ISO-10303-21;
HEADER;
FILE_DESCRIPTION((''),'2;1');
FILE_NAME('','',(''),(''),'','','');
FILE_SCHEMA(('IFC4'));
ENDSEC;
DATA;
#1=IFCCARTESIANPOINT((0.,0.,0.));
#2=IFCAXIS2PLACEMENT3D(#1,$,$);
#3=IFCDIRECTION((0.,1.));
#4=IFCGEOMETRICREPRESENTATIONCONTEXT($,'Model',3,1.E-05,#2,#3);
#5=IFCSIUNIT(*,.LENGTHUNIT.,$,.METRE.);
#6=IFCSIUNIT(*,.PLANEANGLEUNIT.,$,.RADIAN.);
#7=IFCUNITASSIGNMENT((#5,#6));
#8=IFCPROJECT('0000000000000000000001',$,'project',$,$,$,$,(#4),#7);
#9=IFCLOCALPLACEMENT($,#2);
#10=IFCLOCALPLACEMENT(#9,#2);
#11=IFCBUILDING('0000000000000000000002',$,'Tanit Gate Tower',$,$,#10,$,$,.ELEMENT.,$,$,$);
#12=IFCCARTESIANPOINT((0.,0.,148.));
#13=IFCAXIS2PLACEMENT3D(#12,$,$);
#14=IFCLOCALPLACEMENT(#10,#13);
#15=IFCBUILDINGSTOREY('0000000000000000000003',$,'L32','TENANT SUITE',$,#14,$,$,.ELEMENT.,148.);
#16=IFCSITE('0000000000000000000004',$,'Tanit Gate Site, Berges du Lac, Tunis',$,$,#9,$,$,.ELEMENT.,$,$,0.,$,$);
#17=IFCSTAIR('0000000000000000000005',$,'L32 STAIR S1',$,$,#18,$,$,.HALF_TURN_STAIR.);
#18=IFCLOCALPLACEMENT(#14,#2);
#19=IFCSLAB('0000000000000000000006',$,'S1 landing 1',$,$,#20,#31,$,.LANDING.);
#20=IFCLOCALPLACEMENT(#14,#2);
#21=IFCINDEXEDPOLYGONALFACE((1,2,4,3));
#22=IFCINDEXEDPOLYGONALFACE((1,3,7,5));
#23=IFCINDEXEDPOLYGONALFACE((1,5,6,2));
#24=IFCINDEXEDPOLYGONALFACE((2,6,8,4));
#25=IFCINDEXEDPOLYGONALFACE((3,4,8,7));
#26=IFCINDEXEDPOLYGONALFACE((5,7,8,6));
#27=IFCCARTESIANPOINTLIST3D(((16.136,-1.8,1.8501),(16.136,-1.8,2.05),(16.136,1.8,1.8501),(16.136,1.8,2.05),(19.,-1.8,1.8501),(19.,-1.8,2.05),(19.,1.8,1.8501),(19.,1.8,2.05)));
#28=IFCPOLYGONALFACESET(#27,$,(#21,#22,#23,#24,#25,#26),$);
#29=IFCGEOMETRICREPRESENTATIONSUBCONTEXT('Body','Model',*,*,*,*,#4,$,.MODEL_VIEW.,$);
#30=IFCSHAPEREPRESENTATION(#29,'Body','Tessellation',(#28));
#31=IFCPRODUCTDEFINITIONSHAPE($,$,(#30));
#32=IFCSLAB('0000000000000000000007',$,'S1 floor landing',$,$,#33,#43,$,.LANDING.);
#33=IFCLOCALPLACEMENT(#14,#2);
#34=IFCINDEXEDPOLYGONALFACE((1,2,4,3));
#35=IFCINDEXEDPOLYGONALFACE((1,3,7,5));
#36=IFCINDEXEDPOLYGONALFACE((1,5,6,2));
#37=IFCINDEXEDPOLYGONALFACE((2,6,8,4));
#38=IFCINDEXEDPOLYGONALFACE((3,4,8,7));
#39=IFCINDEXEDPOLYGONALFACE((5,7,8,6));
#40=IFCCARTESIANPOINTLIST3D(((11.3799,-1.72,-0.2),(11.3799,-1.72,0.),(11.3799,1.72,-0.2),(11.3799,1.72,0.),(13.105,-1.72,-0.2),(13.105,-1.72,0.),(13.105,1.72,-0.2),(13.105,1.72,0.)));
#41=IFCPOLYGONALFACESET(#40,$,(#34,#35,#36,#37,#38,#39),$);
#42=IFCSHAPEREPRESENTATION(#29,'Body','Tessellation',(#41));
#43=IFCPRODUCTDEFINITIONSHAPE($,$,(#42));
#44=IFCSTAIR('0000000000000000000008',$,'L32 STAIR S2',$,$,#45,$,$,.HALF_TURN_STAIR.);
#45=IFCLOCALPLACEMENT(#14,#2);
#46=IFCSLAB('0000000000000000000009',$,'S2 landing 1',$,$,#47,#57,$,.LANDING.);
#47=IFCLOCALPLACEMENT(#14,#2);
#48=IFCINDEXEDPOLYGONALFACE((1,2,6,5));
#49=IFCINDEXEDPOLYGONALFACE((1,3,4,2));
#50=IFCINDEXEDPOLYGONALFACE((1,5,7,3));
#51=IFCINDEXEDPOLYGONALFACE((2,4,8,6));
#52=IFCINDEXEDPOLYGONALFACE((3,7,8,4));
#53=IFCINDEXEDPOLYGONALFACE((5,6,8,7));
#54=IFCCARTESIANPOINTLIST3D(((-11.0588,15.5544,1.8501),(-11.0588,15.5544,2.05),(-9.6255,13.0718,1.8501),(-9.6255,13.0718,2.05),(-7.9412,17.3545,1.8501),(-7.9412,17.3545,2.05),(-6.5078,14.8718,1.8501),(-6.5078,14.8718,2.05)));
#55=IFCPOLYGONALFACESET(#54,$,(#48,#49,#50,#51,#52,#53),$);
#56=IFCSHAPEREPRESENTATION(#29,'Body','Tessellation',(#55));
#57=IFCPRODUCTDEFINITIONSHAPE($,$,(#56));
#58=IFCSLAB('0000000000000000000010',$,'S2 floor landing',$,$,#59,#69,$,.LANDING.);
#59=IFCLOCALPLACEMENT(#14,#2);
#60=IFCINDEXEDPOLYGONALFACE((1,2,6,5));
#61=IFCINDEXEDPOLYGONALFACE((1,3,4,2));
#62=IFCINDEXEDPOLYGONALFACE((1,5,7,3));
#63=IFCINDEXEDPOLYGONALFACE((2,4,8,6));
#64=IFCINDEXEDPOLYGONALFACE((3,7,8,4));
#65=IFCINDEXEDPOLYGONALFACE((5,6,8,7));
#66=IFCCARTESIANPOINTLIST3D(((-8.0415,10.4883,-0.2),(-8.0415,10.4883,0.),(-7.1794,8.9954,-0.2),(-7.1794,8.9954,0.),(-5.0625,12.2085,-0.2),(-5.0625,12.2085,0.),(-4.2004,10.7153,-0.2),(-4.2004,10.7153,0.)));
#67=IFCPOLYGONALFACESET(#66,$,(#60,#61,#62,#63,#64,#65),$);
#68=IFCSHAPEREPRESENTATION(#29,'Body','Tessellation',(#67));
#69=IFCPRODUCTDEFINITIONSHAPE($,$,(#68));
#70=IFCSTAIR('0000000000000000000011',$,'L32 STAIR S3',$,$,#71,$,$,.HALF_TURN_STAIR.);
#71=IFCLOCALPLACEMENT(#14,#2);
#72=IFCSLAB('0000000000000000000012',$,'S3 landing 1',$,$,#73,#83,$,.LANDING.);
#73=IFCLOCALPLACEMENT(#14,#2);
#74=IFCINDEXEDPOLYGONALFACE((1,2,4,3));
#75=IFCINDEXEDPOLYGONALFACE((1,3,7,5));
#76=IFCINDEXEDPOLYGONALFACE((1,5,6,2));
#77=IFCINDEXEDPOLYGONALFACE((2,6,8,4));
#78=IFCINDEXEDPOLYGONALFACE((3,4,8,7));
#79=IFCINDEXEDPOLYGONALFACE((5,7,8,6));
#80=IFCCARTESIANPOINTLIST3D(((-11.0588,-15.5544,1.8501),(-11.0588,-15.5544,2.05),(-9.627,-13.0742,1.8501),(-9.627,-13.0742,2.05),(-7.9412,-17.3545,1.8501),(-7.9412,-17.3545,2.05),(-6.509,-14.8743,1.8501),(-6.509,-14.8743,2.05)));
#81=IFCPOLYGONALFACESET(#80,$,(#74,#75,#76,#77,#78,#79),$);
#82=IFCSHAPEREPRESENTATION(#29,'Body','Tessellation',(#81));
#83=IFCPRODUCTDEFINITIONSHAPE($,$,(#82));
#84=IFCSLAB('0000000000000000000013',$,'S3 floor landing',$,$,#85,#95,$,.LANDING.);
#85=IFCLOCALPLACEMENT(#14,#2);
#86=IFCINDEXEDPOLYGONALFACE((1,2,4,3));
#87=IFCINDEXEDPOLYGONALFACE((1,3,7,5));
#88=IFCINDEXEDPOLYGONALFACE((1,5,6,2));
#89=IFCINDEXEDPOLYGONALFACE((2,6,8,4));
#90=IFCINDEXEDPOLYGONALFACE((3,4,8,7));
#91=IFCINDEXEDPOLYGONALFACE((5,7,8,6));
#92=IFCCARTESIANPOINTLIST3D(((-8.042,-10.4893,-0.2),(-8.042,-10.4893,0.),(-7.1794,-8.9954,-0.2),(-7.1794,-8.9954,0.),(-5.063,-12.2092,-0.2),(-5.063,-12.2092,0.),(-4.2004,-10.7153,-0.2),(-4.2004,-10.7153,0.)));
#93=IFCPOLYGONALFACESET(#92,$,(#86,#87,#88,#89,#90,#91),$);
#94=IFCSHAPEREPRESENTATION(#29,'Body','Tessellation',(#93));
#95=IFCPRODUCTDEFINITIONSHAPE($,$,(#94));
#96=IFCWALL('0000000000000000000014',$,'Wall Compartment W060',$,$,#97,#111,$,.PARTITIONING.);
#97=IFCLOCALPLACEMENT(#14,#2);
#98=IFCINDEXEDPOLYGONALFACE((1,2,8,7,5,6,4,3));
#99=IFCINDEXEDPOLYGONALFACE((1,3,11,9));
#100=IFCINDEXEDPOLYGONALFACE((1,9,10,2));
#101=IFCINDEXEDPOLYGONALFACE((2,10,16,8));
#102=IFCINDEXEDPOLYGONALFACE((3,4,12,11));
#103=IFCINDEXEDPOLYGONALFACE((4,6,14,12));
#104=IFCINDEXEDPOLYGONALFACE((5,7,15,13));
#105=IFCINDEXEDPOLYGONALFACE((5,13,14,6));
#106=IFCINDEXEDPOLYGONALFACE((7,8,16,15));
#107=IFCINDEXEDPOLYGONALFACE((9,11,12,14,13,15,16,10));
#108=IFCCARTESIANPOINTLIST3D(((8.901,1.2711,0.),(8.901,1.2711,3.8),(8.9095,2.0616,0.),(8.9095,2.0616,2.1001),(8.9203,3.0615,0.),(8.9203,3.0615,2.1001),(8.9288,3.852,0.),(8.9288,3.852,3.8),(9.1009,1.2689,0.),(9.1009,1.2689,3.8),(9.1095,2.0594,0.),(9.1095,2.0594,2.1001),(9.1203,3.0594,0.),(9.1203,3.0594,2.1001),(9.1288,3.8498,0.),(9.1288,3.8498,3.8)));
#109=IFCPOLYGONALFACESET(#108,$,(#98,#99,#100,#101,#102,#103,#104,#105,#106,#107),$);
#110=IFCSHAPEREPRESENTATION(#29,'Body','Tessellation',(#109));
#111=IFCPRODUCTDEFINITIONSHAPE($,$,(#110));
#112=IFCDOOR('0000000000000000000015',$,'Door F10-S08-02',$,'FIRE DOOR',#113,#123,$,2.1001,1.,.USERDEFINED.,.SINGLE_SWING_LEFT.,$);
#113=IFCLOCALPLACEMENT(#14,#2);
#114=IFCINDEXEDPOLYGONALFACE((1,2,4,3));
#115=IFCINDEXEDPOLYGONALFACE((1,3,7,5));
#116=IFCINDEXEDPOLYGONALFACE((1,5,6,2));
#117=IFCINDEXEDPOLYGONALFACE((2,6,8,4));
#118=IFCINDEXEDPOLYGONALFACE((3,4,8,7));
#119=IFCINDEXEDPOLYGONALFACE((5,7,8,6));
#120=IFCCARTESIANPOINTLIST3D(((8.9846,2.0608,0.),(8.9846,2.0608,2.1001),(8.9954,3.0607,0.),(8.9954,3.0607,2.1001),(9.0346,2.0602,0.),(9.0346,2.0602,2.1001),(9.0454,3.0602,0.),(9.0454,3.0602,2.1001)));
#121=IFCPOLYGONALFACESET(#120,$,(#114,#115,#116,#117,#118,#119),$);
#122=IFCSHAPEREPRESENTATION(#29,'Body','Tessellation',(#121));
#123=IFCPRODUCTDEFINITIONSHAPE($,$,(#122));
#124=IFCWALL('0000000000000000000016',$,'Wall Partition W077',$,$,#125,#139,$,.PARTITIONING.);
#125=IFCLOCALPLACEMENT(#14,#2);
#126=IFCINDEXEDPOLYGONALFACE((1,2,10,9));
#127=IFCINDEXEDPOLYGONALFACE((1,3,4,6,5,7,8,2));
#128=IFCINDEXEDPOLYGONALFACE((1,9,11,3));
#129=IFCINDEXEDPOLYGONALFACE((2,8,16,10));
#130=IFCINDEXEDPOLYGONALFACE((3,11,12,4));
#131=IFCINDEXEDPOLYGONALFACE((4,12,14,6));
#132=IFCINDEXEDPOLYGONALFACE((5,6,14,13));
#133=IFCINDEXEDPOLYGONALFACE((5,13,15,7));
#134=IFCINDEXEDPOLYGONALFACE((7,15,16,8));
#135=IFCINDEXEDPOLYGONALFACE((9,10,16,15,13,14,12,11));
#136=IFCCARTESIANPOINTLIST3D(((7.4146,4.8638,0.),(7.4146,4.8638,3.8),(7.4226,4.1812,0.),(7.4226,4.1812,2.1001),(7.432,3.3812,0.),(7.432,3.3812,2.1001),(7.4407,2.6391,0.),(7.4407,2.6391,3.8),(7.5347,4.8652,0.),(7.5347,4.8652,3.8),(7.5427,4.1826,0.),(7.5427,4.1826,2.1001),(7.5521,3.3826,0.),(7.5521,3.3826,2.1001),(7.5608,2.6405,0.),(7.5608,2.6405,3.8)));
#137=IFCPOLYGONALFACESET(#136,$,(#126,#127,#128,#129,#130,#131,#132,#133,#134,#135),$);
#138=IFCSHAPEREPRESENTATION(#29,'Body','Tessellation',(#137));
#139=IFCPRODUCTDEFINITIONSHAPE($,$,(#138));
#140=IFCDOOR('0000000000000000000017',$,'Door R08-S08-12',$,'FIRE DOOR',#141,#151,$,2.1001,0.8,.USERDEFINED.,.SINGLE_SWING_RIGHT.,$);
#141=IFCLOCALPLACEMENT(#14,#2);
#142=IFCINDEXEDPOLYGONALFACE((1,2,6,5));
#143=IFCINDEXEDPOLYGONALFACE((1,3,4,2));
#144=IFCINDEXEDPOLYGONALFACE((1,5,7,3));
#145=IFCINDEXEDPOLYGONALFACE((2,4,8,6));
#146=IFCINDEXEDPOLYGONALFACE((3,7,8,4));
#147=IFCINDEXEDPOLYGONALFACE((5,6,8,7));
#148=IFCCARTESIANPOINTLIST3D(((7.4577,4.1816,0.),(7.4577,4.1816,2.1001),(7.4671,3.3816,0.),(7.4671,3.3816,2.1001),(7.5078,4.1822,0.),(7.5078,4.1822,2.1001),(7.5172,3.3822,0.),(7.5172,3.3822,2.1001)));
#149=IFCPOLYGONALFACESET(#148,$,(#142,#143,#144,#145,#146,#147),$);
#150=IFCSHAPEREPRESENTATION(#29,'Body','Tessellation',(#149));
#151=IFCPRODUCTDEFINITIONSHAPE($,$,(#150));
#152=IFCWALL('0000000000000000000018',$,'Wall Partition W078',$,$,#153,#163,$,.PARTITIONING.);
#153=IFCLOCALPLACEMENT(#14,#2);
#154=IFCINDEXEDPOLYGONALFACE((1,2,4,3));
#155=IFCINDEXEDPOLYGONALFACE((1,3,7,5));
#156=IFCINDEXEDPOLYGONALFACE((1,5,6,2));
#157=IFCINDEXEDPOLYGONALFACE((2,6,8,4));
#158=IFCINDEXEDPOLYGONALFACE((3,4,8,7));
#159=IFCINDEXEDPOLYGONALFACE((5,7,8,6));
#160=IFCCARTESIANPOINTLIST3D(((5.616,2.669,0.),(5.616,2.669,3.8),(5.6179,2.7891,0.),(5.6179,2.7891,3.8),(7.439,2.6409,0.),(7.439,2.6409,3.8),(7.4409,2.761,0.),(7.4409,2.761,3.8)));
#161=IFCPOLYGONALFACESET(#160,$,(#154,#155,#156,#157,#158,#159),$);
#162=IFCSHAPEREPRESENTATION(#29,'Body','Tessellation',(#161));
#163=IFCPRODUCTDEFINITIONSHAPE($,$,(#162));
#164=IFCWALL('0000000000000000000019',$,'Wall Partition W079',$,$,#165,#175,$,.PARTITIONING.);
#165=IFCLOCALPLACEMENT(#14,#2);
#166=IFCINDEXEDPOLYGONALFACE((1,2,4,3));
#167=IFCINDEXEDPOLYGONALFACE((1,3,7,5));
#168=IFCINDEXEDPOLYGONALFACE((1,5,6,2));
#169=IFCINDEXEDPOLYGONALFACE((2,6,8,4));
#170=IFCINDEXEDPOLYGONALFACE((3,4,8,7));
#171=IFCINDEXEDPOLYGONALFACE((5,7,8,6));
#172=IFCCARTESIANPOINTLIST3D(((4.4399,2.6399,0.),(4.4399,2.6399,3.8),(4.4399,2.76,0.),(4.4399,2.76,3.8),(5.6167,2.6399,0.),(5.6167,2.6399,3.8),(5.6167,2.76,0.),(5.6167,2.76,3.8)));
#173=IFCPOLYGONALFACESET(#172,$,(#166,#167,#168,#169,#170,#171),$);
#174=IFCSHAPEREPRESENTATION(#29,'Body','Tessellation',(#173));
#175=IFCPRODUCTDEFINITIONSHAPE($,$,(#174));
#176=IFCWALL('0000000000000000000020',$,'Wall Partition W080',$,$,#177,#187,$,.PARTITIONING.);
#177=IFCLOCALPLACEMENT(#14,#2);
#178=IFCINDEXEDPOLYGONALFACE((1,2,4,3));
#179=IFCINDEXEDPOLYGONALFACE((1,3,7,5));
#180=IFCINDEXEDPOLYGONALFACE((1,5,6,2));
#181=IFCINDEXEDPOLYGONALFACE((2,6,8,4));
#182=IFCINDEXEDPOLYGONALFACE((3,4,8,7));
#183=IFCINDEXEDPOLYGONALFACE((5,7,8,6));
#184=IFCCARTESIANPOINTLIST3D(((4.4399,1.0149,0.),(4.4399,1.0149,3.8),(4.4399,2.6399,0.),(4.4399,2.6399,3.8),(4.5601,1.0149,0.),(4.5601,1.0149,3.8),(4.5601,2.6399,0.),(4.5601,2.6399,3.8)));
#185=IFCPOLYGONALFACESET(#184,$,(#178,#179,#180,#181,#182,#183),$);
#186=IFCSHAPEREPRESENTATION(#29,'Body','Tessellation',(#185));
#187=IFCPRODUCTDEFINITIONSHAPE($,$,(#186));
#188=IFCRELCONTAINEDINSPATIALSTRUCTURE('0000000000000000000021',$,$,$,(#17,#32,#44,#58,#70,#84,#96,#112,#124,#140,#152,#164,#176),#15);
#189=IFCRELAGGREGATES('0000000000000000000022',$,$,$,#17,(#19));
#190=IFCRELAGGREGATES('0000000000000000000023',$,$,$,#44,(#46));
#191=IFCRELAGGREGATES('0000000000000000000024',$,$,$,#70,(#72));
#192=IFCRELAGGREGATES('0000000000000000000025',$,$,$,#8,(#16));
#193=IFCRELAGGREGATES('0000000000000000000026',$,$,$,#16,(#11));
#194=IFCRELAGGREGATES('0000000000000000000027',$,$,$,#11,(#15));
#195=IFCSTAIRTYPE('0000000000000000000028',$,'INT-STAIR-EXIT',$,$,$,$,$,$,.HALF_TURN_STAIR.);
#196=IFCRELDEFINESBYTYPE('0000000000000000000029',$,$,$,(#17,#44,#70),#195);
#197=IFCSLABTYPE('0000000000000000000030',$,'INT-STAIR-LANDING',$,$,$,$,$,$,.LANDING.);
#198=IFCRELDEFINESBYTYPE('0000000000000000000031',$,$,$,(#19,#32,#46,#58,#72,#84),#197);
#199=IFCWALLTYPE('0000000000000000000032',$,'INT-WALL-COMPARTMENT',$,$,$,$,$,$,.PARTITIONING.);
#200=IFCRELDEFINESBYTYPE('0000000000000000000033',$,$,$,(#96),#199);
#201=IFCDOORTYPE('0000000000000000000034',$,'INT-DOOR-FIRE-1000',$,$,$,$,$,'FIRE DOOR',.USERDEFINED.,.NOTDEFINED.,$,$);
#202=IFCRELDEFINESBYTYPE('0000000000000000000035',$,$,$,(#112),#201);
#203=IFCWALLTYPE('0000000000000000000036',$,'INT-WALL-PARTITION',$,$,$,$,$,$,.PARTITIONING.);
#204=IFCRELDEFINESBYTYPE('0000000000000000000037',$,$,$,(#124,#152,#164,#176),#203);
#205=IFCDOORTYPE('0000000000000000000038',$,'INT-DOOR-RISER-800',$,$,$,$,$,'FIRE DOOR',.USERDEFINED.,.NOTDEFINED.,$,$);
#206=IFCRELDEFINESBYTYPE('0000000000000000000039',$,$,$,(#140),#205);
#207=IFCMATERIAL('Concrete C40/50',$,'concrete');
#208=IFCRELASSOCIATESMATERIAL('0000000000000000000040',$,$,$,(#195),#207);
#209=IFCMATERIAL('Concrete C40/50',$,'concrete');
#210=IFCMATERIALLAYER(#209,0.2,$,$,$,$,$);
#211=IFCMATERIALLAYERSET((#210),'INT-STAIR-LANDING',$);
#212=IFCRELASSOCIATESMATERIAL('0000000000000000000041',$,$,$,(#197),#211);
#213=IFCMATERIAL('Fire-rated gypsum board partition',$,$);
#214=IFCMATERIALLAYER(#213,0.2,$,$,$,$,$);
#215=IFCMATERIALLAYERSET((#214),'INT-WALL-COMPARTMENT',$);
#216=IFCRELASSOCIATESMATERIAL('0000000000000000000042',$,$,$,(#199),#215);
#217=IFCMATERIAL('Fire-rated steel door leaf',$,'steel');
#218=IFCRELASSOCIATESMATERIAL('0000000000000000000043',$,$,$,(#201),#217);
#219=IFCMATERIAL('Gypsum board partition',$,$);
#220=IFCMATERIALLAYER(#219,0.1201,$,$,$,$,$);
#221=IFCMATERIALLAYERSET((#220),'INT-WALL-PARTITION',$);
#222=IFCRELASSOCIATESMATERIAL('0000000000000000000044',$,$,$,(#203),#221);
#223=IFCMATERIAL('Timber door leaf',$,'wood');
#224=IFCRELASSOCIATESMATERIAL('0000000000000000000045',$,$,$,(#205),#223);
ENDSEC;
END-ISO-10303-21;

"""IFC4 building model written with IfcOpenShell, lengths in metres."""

from ifc_helpers import new_model, si_unit, direction, frame, frame_2d, origin, place, context, subcontext, project, spatial, polyline, rectangle, outline, extrude, material, layer, layer_set, type_object, element, fill, aggregate, save


model = new_model("IFC4")

# Units and contexts
model_context = context("Model", 3, precision=1e-05, world=origin(), true_north=direction((0.0, 1.0)))
body_context = subcontext(model_context, "Body", "Model", "MODEL_VIEW")
ifc_project = project(units=[si_unit("LENGTHUNIT", "METRE"), si_unit("PLANEANGLEUNIT", "RADIAN")], contexts=[model_context])

# Site, building, storey
site_placement = place(None, origin())
site = spatial("IfcSite", under=ifc_project, at=site_placement, Name="Tanit Gate Site, Berges du Lac, Tunis", CompositionType="ELEMENT", RefElevation=0.0)
building_placement = place(site_placement, origin())
building = spatial("IfcBuilding", under=site, at=building_placement, Name="Tanit Gate Tower", CompositionType="ELEMENT")
storey_placement = place(building_placement, frame((0.0, 0.0, 148.0)))
storey = spatial("IfcBuildingStorey", under=building, at=storey_placement, Name="L32", Description="TENANT SUITE", CompositionType="ELEMENT", Elevation=148.0)

# Stair, slab
ifc_material_1 = material(Name="Concrete C40/50", Category="concrete")
stair_type = type_object("IfcStairType", Name="INT-STAIR-EXIT", PredefinedType="HALF_TURN_STAIR", material=ifc_material_1)
stair_1_placement = place(storey_placement, origin())
stair_1 = element("IfcStair", 1, at=stair_1_placement, inside=storey, type_object=stair_type, Name="L32 STAIR S1", PredefinedType="HALF_TURN_STAIR")
ifc_material_2 = material(Name="Concrete C40/50", Category="concrete")
ifc_layer_1 = layer(ifc_material_2, 0.2)
ifc_layer_set_1 = layer_set([ifc_layer_1], Name="INT-STAIR-LANDING")
slab_type = type_object("IfcSlabType", Name="INT-STAIR-LANDING", PredefinedType="LANDING", material=ifc_layer_set_1)
slab_1_placement = place(storey_placement, frame((0.0, 0.0, 1.8501)))
slab_1 = element("IfcSlab", 2, at=slab_1_placement, type_object=slab_type, Name="S1 landing 1", PredefinedType="LANDING", context=body_context, shape_type="SweptSolid", body=[
    extrude(outline(polyline([(16.136, -1.8), (19.0, -1.8), (19.0, 1.8), (16.136, 1.8), (16.136, -1.8)])), origin(), (0.0, 0.0, 1.0), 0.2),
])
aggregate(stair_1, [slab_1])

# Slab
slab_2_placement = place(storey_placement, frame((0.0, 0.0, -0.2)))
element("IfcSlab", 3, at=slab_2_placement, inside=storey, type_object=slab_type, Name="S1 floor landing", PredefinedType="LANDING", context=body_context, shape_type="SweptSolid", body=[
    extrude(outline(polyline([(11.3799, -1.72), (13.105, -1.72), (13.105, 1.72), (11.3799, 1.72), (11.3799, -1.72)])), origin(), (0.0, 0.0, 1.0), 0.2),
])

# Stair, slab
stair_2_placement = place(storey_placement, origin())
stair_2 = element("IfcStair", 4, at=stair_2_placement, inside=storey, type_object=stair_type, Name="L32 STAIR S2", PredefinedType="HALF_TURN_STAIR")
slab_3_placement = place(storey_placement, frame((0.0, 0.0, 1.8501)))
slab_3 = element("IfcSlab", 5, at=slab_3_placement, type_object=slab_type, Name="S2 landing 1", PredefinedType="LANDING", context=body_context, shape_type="SweptSolid", body=[
    extrude(outline(polyline([(-6.5078, 14.8718), (-7.9412, 17.3545), (-11.0588, 15.5544), (-9.6255, 13.0718), (-6.5078, 14.8718)])), origin(), (0.0, 0.0, 1.0), 0.2),
])
aggregate(stair_2, [slab_3])

# Slab
slab_4_placement = place(storey_placement, frame((0.0, 0.0, -0.2)))
element("IfcSlab", 6, at=slab_4_placement, inside=storey, type_object=slab_type, Name="S2 floor landing", PredefinedType="LANDING", context=body_context, shape_type="SweptSolid", body=[
    extrude(outline(polyline([(-4.2004, 10.7153), (-5.0625, 12.2085), (-8.0415, 10.4883), (-7.1794, 8.9954), (-4.2004, 10.7153)])), origin(), (0.0, 0.0, 1.0), 0.2),
])

# Stair, slab
stair_3_placement = place(storey_placement, origin())
stair_3 = element("IfcStair", 7, at=stair_3_placement, inside=storey, type_object=stair_type, Name="L32 STAIR S3", PredefinedType="HALF_TURN_STAIR")
slab_5_placement = place(storey_placement, frame((0.0, 0.0, 1.8501)))
slab_5 = element("IfcSlab", 8, at=slab_5_placement, type_object=slab_type, Name="S3 landing 1", PredefinedType="LANDING", context=body_context, shape_type="SweptSolid", body=[
    extrude(outline(polyline([(-9.627, -13.0742), (-11.0588, -15.5544), (-7.9412, -17.3545), (-6.509, -14.8743), (-9.627, -13.0742)])), origin(), (0.0, 0.0, 1.0), 0.2),
])
aggregate(stair_3, [slab_5])

# Slab
slab_6_placement = place(storey_placement, frame((0.0, 0.0, -0.2)))
element("IfcSlab", 9, at=slab_6_placement, inside=storey, type_object=slab_type, Name="S3 floor landing", PredefinedType="LANDING", context=body_context, shape_type="SweptSolid", body=[
    extrude(outline(polyline([(-7.1794, -8.9954), (-8.042, -10.4893), (-5.063, -12.2092), (-4.2004, -10.7153), (-7.1794, -8.9954)])), origin(), (0.0, 0.0, 1.0), 0.2),
])

# Walls, openings, doors
ifc_material_3 = material(Name="Fire-rated gypsum board partition")
ifc_layer_2 = layer(ifc_material_3, 0.2)
ifc_layer_set_2 = layer_set([ifc_layer_2], Name="INT-WALL-COMPARTMENT")
wall_type_1 = type_object("IfcWallType", Name="INT-WALL-COMPARTMENT", PredefinedType="PARTITIONING", material=ifc_layer_set_2)
wall_1_placement = place(storey_placement, frame((9.001, 1.27, 0.0), z_axis=(0.0, 0.0, 1.0), x_axis=(0.010784, 0.999942, 0.0)))
wall_1 = element("IfcWall", 10, at=wall_1_placement, inside=storey, type_object=wall_type_1, Name="Wall Compartment W060", PredefinedType="PARTITIONING", context=body_context, shape_type="SweptSolid", body=[
    extrude(rectangle(XDim=2.5811, YDim=0.2, at=frame_2d((1.2905, 0.0))), origin(), (0.0, 0.0, 1.0), 3.8),
])
opening_1_placement = place(wall_1_placement, frame((0.7905, 0.0, 0.0)))
opening_1 = element("IfcOpeningElement", 11, at=opening_1_placement, cuts=wall_1, PredefinedType="OPENING", context=body_context, shape_type="SweptSolid", body=[
    extrude(rectangle(XDim=1.0, YDim=2.1001, at=frame_2d((0.5, 1.05))), frame((0.0, 0.1099, 0.0), z_axis=(0.0, -1.0, 0.0), x_axis=(1.0, 0.0, 0.0)), (0.0, 0.0, 1.0), 0.22),
])
ifc_material_4 = material(Name="Fire-rated steel door leaf", Category="steel")
door_type_1 = type_object("IfcDoorType", Name="INT-DOOR-FIRE-1000", ElementType="FIRE DOOR", OperationType="NOTDEFINED", PredefinedType="USERDEFINED", material=ifc_material_4)
door_1_placement = place(opening_1_placement, origin())
door_1 = element("IfcDoor", 12, at=door_1_placement, inside=storey, type_object=door_type_1, Name="Door F10-S08-02", ObjectType="FIRE DOOR", OperationType="SINGLE_SWING_LEFT", OverallHeight=2.1001, OverallWidth=1.0, PredefinedType="USERDEFINED", context=body_context, shape_type="SweptSolid", body=[
    extrude(rectangle(XDim=1.0, YDim=2.1001, at=frame_2d((0.5, 1.05))), frame((0.0, 0.0249, 0.0), z_axis=(0.0, -1.0, 0.0), x_axis=(1.0, 0.0, 0.0)), (0.0, 0.0, 1.0), 0.05),
])
fill(opening_1, door_1)
ifc_material_5 = material(Name="Gypsum board partition")
ifc_layer_3 = layer(ifc_material_5, 0.1201)
ifc_layer_set_3 = layer_set([ifc_layer_3], Name="INT-WALL-PARTITION")
wall_type_2 = type_object("IfcWallType", Name="INT-WALL-PARTITION", PredefinedType="PARTITIONING", material=ifc_layer_set_3)
wall_2_placement = place(storey_placement, frame((7.5007, 2.6399, 0.0), z_axis=(0.0, 0.0, 1.0), x_axis=(-0.011742, 0.999931, 0.0)))
wall_2 = element("IfcWall", 13, at=wall_2_placement, inside=storey, type_object=wall_type_2, Name="Wall Partition W077", PredefinedType="PARTITIONING", context=body_context, shape_type="SweptSolid", body=[
    extrude(rectangle(XDim=2.2249, YDim=0.1201, at=frame_2d((1.1123, 0.0))), origin(), (0.0, 0.0, 1.0), 3.8),
])
opening_2_placement = place(wall_2_placement, frame((0.7422, 0.0, 0.0)))
opening_2 = element("IfcOpeningElement", 14, at=opening_2_placement, cuts=wall_2, PredefinedType="OPENING", context=body_context, shape_type="SweptSolid", body=[
    extrude(rectangle(XDim=0.8, YDim=2.1001, at=frame_2d((0.3999, 1.05))), frame((0.0, 0.0701, 0.0), z_axis=(0.0, -1.0, 0.0), x_axis=(1.0, 0.0, 0.0)), (0.0, 0.0, 1.0), 0.1401),
])
ifc_material_6 = material(Name="Timber door leaf", Category="wood")
door_type_2 = type_object("IfcDoorType", Name="INT-DOOR-RISER-800", ElementType="FIRE DOOR", OperationType="NOTDEFINED", PredefinedType="USERDEFINED", material=ifc_material_6)
door_2_placement = place(opening_2_placement, origin())
door_2 = element("IfcDoor", 15, at=door_2_placement, inside=storey, type_object=door_type_2, Name="Door R08-S08-12", ObjectType="FIRE DOOR", OperationType="SINGLE_SWING_RIGHT", OverallHeight=2.1001, OverallWidth=0.8, PredefinedType="USERDEFINED", context=body_context, shape_type="SweptSolid", body=[
    extrude(rectangle(XDim=0.8, YDim=2.1001, at=frame_2d((0.3999, 1.05))), frame((0.0, 0.0249, 0.0), z_axis=(0.0, -1.0, 0.0), x_axis=(1.0, 0.0, 0.0)), (0.0, 0.0, 1.0), 0.05),
])
fill(opening_2, door_2)

# Walls
wall_3_placement = place(storey_placement, frame((5.6169, 2.729, 0.0), z_axis=(0.0, 0.0, 1.0), x_axis=(0.999881, -0.015399, 0.0)))
element("IfcWall", 16, at=wall_3_placement, inside=storey, type_object=wall_type_2, Name="Wall Partition W078", PredefinedType="PARTITIONING", context=body_context, shape_type="SweptSolid", body=[
    extrude(rectangle(XDim=1.8232, YDim=0.1201, at=frame_2d((0.9116, 0.0))), origin(), (0.0, 0.0, 1.0), 3.8),
])
wall_4_placement = place(storey_placement, frame((4.4399, 2.7, 0.0), z_axis=(0.0, 0.0, 1.0), x_axis=(1.0, 0.0, 0.0)))
element("IfcWall", 17, at=wall_4_placement, inside=storey, type_object=wall_type_2, Name="Wall Partition W079", PredefinedType="PARTITIONING", context=body_context, shape_type="SweptSolid", body=[
    extrude(rectangle(XDim=1.1768, YDim=0.1201, at=frame_2d((0.5884, 0.0))), origin(), (0.0, 0.0, 1.0), 3.8),
])
wall_5_placement = place(storey_placement, frame((4.5, 1.0149, 0.0), z_axis=(0.0, 0.0, 1.0), x_axis=(0.0, 1.0, 0.0)))
element("IfcWall", 18, at=wall_5_placement, inside=storey, type_object=wall_type_2, Name="Wall Partition W080", PredefinedType="PARTITIONING", context=body_context, shape_type="SweptSolid", body=[
    extrude(rectangle(XDim=1.625, YDim=0.1201, at=frame_2d((0.8125, 0.0))), origin(), (0.0, 0.0, 1.0), 3.8),
])

save(model, "model.ifc")
